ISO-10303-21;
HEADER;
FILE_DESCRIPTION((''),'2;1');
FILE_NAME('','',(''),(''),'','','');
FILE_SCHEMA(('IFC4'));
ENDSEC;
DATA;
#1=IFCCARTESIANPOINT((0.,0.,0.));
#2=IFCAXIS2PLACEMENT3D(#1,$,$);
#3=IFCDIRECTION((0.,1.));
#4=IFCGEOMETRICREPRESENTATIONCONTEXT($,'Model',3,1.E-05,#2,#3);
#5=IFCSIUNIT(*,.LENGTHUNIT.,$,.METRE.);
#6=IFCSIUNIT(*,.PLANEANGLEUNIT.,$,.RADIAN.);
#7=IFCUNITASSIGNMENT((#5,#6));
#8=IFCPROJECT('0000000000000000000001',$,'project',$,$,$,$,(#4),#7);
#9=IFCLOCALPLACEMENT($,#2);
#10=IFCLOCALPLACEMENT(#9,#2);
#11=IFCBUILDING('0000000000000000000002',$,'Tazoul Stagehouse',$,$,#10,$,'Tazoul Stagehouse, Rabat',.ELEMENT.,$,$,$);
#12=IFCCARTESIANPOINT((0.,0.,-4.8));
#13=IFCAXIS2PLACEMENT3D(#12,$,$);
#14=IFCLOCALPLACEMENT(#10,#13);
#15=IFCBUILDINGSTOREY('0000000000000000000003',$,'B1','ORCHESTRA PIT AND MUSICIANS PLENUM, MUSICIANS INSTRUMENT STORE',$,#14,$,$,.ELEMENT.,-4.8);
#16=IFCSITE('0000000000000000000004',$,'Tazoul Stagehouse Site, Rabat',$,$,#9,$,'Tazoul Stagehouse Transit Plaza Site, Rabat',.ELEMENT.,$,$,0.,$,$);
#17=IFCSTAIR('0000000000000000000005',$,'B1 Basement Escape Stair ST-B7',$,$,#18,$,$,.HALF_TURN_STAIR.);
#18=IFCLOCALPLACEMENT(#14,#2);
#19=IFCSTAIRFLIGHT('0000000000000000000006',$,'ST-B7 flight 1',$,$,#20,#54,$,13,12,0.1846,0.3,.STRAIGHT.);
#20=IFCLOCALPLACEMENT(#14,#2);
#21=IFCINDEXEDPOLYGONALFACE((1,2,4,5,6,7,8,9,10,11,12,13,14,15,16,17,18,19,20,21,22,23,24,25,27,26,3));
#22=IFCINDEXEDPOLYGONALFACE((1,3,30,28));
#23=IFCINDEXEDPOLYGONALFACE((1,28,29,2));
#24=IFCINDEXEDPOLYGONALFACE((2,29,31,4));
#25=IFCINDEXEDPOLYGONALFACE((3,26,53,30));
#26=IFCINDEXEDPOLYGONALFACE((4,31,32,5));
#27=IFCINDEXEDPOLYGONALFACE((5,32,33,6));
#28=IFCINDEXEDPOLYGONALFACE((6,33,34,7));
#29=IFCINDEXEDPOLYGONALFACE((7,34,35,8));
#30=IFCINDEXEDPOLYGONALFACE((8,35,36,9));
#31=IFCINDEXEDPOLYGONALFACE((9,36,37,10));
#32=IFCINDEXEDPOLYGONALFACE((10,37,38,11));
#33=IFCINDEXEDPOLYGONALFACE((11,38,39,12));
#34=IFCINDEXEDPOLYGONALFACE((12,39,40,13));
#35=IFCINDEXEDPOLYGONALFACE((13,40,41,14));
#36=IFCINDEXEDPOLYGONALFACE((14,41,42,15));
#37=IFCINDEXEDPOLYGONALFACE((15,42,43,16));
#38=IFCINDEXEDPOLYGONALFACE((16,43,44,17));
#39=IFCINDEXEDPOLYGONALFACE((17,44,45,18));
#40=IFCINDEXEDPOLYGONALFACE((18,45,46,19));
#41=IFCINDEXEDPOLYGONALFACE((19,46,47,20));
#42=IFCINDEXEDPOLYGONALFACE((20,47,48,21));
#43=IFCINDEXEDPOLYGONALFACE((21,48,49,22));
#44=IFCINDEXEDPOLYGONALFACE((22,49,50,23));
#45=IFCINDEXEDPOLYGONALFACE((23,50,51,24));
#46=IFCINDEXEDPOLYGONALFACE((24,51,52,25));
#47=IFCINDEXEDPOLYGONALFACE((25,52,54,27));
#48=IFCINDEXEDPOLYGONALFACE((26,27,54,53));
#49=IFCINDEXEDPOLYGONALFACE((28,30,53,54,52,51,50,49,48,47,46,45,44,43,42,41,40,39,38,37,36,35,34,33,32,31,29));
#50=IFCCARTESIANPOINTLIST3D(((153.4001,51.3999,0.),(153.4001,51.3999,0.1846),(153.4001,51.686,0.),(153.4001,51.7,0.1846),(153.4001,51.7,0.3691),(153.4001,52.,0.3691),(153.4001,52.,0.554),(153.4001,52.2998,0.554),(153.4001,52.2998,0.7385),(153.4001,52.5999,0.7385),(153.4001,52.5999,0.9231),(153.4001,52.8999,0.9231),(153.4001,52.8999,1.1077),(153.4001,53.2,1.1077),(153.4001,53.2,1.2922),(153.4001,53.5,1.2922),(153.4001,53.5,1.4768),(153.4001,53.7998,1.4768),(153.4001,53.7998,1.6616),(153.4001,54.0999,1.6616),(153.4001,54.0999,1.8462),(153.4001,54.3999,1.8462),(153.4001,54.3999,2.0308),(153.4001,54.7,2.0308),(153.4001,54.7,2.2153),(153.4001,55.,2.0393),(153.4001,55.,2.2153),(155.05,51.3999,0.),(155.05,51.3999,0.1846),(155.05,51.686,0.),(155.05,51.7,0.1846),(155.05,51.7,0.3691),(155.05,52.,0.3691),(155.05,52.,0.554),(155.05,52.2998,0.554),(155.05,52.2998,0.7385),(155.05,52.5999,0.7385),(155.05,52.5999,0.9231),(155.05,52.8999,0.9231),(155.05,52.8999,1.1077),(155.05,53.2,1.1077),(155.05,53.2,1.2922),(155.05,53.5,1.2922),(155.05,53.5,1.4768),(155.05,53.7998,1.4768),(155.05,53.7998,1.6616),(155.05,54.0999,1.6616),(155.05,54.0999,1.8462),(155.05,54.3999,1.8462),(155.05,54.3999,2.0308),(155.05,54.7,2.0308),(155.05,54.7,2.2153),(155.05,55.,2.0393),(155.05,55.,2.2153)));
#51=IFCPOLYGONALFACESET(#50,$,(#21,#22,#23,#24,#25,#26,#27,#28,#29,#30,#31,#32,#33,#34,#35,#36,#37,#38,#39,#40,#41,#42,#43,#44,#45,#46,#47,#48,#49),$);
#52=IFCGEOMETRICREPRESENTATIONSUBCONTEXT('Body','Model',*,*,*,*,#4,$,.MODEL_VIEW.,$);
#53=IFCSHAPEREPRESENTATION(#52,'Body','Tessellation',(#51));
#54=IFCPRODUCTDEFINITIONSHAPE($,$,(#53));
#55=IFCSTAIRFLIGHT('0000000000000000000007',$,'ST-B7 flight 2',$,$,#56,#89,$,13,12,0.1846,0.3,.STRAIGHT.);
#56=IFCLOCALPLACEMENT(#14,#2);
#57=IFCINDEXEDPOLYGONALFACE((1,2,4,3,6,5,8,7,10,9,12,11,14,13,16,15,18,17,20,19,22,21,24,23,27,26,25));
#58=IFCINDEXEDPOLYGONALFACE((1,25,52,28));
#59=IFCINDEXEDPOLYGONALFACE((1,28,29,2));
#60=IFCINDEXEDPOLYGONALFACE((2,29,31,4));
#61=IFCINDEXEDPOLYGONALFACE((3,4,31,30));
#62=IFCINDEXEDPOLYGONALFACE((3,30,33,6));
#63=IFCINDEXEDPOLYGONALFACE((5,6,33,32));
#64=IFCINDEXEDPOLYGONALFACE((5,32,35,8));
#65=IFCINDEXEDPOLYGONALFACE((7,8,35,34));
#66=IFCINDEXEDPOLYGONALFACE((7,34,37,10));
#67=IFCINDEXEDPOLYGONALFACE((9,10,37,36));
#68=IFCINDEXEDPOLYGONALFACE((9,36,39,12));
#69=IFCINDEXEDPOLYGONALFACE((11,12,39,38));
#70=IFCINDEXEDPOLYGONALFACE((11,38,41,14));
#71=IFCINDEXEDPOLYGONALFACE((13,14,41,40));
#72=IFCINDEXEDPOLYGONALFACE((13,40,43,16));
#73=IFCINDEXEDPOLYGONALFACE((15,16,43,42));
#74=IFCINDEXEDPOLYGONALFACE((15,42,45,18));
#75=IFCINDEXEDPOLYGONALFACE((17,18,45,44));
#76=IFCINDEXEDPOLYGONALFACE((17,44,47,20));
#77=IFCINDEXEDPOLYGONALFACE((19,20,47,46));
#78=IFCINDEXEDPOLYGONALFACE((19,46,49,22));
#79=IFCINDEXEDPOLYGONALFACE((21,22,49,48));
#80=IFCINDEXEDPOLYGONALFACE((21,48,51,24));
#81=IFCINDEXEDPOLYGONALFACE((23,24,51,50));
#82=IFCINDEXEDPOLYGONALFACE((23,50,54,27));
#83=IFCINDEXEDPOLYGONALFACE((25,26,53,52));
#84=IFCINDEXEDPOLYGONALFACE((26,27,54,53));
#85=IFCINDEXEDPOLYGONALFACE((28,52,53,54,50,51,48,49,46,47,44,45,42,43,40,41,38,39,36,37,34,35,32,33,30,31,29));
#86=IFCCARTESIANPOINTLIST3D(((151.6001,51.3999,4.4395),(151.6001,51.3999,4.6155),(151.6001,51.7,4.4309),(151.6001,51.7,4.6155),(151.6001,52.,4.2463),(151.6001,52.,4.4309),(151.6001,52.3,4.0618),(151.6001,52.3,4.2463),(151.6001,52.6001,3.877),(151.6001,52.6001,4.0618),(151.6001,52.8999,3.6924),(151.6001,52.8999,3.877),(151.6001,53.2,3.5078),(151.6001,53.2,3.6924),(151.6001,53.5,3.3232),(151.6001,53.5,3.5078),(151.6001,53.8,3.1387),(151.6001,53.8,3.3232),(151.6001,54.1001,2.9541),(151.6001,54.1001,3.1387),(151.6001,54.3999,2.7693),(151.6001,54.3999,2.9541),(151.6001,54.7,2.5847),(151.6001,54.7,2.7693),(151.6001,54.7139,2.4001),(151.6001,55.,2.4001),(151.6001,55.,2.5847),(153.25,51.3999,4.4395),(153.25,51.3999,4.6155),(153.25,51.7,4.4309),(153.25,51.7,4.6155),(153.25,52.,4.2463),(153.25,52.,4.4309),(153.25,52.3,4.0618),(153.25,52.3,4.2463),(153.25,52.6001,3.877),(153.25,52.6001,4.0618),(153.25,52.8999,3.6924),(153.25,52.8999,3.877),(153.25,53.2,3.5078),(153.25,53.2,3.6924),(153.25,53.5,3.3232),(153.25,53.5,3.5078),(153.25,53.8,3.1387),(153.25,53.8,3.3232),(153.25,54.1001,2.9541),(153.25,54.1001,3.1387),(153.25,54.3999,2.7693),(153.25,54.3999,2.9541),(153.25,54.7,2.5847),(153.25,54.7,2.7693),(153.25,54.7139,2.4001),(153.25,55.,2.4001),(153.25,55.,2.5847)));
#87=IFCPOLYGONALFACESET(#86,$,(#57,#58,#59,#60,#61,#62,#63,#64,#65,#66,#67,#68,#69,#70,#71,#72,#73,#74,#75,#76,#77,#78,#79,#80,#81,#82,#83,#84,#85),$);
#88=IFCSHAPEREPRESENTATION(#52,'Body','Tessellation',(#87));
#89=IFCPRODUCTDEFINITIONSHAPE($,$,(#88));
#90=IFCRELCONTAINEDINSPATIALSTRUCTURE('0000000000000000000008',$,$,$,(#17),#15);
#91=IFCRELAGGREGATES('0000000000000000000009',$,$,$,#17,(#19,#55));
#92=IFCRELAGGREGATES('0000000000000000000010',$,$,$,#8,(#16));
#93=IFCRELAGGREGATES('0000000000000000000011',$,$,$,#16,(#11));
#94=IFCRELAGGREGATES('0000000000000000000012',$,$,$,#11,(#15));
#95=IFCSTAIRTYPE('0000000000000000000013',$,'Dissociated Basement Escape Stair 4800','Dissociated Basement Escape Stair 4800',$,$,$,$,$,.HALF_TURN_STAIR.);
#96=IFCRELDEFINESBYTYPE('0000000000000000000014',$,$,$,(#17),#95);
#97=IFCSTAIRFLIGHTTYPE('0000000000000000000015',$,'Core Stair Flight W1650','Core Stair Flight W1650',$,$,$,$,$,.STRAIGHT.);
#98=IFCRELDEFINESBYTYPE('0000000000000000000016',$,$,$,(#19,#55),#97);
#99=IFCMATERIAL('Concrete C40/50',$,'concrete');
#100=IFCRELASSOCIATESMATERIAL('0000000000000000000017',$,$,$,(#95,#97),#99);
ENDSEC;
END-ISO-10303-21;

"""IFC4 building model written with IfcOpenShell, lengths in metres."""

from ifc_helpers import new_model, si_unit, direction, frame, origin, place, context, subcontext, project, spatial, polyline, outline, extrude, material, type_object, element, aggregate, save


model = new_model("IFC4")

# Units and contexts
model_context = context("Model", 3, precision=1e-05, world=origin(), true_north=direction((0.0, 1.0)))
body_context = subcontext(model_context, "Body", "Model", "MODEL_VIEW")
ifc_project = project(units=[si_unit("LENGTHUNIT", "METRE"), si_unit("PLANEANGLEUNIT", "RADIAN")], contexts=[model_context])

# Site, building, storey
site_placement = place(None, origin())
site = spatial("IfcSite", under=ifc_project, at=site_placement, Name="Tazoul Stagehouse Site, Rabat", LongName="Tazoul Stagehouse Transit Plaza Site, Rabat", CompositionType="ELEMENT", RefElevation=0.0)
building_placement = place(site_placement, origin())
building = spatial("IfcBuilding", under=site, at=building_placement, Name="Tazoul Stagehouse", LongName="Tazoul Stagehouse, Rabat", CompositionType="ELEMENT")
storey_placement = place(building_placement, frame((0.0, 0.0, -4.8)))
storey = spatial("IfcBuildingStorey", under=building, at=storey_placement, Name="B1", Description="ORCHESTRA PIT AND MUSICIANS PLENUM, MUSICIANS INSTRUMENT STORE", CompositionType="ELEMENT", Elevation=-4.8)

# Shared definitions
ifc_material_1 = material(Name="Concrete C40/50", Category="concrete")

# Stair, stair flights
stair_type = type_object("IfcStairType", Name="Dissociated Basement Escape Stair 4800", Description="Dissociated Basement Escape Stair 4800", PredefinedType="HALF_TURN_STAIR", material=ifc_material_1)
stair_placement = place(storey_placement, origin())
stair = element("IfcStair", 1, at=stair_placement, inside=storey, type_object=stair_type, Name="B1 Basement Escape Stair ST-B7", PredefinedType="HALF_TURN_STAIR")
stair_flight_type = type_object("IfcStairFlightType", Name="Core Stair Flight W1650", Description="Core Stair Flight W1650", PredefinedType="STRAIGHT", material=ifc_material_1)
stair_flight_1_placement = place(storey_placement, frame((154.2251, 51.3999, 0.0), z_axis=(0.0, 0.0, 1.0), x_axis=(0.0, 1.0, 0.0)))
stair_flight_1 = element("IfcStairFlight", 2, at=stair_flight_1_placement, type_object=stair_flight_type, Name="ST-B7 flight 1", NumberOfRisers=13, NumberOfTreads=12, PredefinedType="STRAIGHT", RiserHeight=0.1846, TreadLength=0.3, context=body_context, shape_type="SweptSolid", body=[
    extrude(outline(polyline([(0.0, 0.0), (0.0, 0.1846), (0.3, 0.1846), (0.3, 0.3691), (0.6001, 0.3691), (0.6001, 0.554), (0.8999, 0.554), (0.8999, 0.7385), (1.2, 0.7385), (1.2, 0.9231), (1.5, 0.9231), (1.5, 1.1077), (1.8, 1.1077), (1.8, 1.2922), (2.1001, 1.2922), (2.1001, 1.4768), (2.3999, 1.4768), (2.3999, 1.6616), (2.7, 1.6616), (2.7, 1.8462), (3.0, 1.8462), (3.0, 2.0308), (3.3, 2.0308), (3.3, 2.2153), (3.6001, 2.2153), (3.6001, 2.3999), (3.6001, 2.0393), (0.2861, 0.0), (0.0, 0.0)])), frame((0.0, 0.825, 0.0), z_axis=(0.0, -1.0, 0.0), x_axis=(1.0, 0.0, 0.0)), (0.0, 0.0, 1.0), 1.6499),
])
stair_flight_2_placement = place(storey_placement, frame((152.425, 55.0, 2.4001), z_axis=(0.0, 0.0, 1.0), x_axis=(0.0, -1.0, 0.0)))
stair_flight_2 = element("IfcStairFlight", 3, at=stair_flight_2_placement, type_object=stair_flight_type, Name="ST-B7 flight 2", NumberOfRisers=13, NumberOfTreads=12, PredefinedType="STRAIGHT", RiserHeight=0.1846, TreadLength=0.3, context=body_context, shape_type="SweptSolid", body=[
    extrude(outline(polyline([(0.0, 0.0), (0.0, 0.1846), (0.3, 0.1846), (0.3, 0.3691), (0.6001, 0.3691), (0.6001, 0.554), (0.8999, 0.554), (0.8999, 0.7385), (1.2, 0.7385), (1.2, 0.9231), (1.5, 0.9231), (1.5, 1.1077), (1.8, 1.1077), (1.8, 1.2922), (2.1001, 1.2922), (2.1001, 1.4768), (2.3999, 1.4768), (2.3999, 1.6616), (2.7, 1.6616), (2.7, 1.8462), (3.0, 1.8462), (3.0, 2.0308), (3.3, 2.0308), (3.3, 2.2153), (3.6001, 2.2153), (3.6001, 2.3999), (3.6001, 2.0393), (0.2861, 0.0), (0.0, 0.0)])), frame((0.0, 0.825, 0.0), z_axis=(0.0, -1.0, 0.0), x_axis=(1.0, 0.0, 0.0)), (0.0, 0.0, 1.0), 1.6499),
])
aggregate(stair, [stair_flight_1, stair_flight_2])

save(model, "model.ifc")
